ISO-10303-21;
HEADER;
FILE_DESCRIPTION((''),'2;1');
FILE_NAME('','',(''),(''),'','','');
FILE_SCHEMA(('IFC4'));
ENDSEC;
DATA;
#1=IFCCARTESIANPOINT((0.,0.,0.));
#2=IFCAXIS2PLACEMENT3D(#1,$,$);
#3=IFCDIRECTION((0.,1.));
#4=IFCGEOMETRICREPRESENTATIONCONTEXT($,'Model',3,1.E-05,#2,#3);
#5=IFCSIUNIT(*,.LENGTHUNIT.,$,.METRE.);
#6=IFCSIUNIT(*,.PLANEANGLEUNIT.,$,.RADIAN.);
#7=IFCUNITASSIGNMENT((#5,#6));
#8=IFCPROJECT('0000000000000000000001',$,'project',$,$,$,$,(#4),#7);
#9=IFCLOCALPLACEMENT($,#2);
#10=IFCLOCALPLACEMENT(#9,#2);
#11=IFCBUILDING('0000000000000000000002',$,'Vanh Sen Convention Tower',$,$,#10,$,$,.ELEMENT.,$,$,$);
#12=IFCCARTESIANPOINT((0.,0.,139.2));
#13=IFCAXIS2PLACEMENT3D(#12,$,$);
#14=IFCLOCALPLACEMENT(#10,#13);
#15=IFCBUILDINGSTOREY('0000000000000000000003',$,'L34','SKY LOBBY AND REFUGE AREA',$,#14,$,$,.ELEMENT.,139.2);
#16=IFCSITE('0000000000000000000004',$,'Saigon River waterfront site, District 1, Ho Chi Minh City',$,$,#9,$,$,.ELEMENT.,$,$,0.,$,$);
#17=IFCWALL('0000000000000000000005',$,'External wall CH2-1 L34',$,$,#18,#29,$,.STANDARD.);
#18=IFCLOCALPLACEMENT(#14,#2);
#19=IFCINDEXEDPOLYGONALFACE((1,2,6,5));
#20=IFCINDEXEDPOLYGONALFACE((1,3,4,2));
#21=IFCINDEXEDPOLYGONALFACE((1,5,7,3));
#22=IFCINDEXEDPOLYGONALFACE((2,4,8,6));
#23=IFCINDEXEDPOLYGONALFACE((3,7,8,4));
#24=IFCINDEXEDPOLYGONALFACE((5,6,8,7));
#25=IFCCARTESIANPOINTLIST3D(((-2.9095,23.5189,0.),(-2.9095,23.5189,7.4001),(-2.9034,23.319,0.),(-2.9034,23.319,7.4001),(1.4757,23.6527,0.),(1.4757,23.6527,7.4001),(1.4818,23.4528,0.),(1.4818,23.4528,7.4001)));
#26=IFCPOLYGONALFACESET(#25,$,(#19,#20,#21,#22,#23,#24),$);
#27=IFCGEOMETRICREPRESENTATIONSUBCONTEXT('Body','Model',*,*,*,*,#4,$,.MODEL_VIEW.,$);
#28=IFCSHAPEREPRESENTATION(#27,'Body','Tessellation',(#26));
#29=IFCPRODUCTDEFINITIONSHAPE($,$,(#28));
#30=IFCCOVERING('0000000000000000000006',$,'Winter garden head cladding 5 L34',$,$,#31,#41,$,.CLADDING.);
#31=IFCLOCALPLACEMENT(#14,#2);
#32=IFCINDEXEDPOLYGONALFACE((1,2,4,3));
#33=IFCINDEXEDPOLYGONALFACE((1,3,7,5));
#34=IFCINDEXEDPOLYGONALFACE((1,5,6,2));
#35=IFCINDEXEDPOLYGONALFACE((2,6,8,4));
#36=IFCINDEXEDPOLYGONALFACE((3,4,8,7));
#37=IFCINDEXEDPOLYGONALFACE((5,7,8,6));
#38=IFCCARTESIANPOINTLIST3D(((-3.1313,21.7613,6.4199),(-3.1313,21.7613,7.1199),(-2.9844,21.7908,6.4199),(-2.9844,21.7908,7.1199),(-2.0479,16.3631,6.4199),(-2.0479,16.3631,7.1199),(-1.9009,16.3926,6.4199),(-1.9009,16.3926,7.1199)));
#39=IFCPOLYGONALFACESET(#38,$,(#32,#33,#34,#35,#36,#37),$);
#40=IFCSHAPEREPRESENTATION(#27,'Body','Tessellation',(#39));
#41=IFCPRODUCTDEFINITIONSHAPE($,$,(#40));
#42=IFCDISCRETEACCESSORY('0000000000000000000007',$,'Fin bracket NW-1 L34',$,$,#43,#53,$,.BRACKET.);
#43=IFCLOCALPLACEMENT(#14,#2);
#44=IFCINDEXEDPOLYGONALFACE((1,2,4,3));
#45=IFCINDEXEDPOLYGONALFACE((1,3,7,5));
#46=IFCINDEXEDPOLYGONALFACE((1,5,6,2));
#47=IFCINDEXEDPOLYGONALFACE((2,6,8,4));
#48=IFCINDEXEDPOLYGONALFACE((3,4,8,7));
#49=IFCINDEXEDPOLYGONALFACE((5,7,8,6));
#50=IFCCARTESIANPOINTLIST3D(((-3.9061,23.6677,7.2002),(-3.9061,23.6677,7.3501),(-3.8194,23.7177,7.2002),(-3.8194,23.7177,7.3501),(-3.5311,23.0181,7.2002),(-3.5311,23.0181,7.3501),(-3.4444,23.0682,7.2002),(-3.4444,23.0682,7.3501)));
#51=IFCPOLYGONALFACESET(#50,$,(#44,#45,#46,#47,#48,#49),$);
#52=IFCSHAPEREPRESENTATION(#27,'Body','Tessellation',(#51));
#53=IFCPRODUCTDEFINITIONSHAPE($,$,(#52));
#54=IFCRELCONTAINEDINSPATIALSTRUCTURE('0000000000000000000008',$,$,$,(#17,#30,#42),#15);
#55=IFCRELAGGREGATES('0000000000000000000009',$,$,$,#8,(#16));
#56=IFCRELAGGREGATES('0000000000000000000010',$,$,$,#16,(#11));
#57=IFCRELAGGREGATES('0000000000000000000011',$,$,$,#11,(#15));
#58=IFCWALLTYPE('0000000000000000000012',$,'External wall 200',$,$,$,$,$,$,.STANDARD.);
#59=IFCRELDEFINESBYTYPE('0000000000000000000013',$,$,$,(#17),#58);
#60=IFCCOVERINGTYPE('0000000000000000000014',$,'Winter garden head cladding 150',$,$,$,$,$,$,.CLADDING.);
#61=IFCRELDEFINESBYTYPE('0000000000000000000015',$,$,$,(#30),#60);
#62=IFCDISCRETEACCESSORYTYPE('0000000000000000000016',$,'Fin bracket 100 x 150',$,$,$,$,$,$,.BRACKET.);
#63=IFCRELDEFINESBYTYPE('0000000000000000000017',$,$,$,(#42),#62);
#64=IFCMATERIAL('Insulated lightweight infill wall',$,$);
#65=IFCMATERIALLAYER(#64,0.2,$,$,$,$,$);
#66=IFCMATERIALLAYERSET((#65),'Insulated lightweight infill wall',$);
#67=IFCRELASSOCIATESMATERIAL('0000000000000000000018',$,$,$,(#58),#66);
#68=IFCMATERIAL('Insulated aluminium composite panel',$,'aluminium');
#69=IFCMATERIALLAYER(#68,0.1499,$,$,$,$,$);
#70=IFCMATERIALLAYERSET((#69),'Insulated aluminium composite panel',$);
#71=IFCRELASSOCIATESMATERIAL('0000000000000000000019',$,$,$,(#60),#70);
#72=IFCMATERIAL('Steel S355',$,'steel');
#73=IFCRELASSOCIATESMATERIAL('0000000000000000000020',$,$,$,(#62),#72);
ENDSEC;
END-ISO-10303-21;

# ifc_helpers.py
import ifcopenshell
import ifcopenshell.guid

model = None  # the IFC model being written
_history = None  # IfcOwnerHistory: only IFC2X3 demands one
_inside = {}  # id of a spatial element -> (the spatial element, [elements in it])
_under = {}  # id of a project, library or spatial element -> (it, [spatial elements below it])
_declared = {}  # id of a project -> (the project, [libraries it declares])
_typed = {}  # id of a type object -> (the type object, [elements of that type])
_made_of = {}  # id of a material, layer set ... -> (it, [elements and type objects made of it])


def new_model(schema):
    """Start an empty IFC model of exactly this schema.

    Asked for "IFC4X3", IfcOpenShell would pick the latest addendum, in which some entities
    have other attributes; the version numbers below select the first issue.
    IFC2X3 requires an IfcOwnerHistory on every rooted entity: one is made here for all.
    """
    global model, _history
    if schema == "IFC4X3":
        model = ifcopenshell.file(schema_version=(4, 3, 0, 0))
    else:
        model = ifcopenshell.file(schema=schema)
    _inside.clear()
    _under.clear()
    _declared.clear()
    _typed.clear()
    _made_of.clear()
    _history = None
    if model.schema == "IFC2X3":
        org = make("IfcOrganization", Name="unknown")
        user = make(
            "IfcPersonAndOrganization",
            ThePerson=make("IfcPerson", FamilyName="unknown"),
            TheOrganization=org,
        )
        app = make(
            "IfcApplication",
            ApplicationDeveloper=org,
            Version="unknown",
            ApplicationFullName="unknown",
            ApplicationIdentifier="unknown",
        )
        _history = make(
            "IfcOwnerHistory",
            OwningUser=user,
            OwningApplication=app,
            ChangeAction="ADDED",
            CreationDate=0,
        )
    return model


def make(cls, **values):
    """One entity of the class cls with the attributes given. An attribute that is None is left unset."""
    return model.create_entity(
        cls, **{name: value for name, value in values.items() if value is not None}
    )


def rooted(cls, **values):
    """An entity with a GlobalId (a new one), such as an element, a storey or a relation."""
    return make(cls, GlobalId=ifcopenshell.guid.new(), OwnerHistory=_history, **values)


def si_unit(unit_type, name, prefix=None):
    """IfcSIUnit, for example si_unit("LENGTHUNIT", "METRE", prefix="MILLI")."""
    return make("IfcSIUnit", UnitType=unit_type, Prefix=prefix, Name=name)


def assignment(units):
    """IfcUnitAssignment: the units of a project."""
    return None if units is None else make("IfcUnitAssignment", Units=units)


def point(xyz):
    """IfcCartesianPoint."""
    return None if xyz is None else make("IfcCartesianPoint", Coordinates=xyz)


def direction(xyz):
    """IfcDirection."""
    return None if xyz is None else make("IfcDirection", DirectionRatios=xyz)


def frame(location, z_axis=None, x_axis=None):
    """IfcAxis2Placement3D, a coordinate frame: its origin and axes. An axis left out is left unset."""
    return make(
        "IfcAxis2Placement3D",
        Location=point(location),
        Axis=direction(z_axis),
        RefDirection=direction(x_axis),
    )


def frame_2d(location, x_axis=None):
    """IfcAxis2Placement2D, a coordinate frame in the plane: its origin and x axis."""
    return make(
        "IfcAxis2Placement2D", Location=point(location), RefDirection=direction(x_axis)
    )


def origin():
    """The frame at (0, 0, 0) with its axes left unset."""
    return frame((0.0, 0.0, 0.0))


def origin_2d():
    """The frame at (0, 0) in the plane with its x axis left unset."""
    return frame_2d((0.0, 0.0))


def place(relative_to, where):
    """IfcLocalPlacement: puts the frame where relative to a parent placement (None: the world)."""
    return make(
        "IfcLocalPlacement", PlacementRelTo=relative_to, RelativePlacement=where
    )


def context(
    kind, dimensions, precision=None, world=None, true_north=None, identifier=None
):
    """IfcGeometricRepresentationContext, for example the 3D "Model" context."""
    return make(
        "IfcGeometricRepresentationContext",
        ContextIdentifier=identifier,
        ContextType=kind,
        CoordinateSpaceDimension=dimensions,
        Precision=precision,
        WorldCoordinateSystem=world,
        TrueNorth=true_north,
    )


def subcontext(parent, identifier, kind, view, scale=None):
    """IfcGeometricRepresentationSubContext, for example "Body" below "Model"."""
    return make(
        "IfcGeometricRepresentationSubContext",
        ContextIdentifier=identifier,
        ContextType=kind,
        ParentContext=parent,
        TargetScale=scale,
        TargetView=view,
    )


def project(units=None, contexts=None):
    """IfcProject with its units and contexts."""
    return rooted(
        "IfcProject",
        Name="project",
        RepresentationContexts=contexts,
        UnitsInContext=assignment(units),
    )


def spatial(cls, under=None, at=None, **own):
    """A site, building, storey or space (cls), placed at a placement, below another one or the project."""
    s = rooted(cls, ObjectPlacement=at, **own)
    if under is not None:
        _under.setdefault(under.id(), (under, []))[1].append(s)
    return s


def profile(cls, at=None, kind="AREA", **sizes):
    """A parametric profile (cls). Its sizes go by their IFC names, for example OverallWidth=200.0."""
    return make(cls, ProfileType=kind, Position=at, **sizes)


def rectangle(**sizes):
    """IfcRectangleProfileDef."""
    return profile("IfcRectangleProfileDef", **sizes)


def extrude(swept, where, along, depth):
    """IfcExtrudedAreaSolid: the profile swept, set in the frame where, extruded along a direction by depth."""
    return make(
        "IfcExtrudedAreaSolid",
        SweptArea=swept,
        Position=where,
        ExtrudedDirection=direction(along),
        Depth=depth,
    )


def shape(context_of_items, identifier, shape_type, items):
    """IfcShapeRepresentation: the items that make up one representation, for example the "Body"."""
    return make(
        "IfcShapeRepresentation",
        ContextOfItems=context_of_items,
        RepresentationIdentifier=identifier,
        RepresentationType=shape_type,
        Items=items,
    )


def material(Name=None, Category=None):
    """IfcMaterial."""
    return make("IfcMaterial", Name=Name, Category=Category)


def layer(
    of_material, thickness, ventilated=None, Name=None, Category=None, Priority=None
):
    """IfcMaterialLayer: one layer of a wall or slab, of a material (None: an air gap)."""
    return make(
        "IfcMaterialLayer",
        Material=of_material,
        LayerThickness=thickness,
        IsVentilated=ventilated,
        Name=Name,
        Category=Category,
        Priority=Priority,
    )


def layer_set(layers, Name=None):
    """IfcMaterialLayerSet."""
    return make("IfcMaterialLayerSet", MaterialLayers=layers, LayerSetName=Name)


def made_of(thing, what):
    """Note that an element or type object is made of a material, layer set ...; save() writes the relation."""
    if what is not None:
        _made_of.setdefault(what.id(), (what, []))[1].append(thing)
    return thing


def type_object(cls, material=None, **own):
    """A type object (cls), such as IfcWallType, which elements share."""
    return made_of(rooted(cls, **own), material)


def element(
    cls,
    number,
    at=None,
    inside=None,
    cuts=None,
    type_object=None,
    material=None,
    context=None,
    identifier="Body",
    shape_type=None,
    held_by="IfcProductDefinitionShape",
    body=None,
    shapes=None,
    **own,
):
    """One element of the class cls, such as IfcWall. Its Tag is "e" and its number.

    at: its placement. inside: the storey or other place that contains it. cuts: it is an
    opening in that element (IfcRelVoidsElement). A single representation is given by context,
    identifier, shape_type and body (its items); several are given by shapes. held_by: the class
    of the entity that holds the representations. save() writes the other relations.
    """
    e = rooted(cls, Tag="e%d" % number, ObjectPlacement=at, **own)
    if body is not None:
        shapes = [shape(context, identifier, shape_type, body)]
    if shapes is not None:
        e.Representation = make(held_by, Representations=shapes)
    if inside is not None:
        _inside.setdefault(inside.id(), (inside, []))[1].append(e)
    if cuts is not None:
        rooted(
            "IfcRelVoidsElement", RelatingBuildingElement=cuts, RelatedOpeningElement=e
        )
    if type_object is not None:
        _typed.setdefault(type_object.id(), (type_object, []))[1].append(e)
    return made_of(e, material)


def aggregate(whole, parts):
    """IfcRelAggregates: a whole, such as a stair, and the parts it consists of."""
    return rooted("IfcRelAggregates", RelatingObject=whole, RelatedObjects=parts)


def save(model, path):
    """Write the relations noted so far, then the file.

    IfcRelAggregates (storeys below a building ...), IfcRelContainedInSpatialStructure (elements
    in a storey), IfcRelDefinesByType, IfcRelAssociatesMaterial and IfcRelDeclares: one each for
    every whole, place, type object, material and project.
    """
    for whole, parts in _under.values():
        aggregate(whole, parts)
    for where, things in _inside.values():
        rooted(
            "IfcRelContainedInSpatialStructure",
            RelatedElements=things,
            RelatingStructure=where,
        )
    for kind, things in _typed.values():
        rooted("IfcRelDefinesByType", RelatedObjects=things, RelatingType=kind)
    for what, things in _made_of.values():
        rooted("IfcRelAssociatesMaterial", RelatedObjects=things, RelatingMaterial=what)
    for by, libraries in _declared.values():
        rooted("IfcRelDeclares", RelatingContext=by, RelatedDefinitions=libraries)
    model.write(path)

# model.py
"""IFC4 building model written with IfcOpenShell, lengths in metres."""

from ifc_helpers import new_model, si_unit, direction, frame, frame_2d, origin, origin_2d, place, context, subcontext, project, spatial, rectangle, extrude, material, layer, layer_set, type_object, element, save


model = new_model("IFC4")

# Units and contexts
model_context = context("Model", 3, precision=1e-05, world=origin(), true_north=direction((0.0, 1.0)))
body_context = subcontext(model_context, "Body", "Model", "MODEL_VIEW")
ifc_project = project(units=[si_unit("LENGTHUNIT", "METRE"), si_unit("PLANEANGLEUNIT", "RADIAN")], contexts=[model_context])

# Site, building, storey
site_placement = place(None, origin())
site = spatial("IfcSite", under=ifc_project, at=site_placement, Name="Saigon River waterfront site, District 1, Ho Chi Minh City", CompositionType="ELEMENT", RefElevation=0.0)
building_placement = place(site_placement, origin())
building = spatial("IfcBuilding", under=site, at=building_placement, Name="Vanh Sen Convention Tower", CompositionType="ELEMENT")
storey_placement = place(building_placement, frame((0.0, 0.0, 139.2)))
storey = spatial("IfcBuildingStorey", under=building, at=storey_placement, Name="L34", Description="SKY LOBBY AND REFUGE AREA", CompositionType="ELEMENT", Elevation=139.2)

# Wall
ifc_material_1 = material(Name="Insulated lightweight infill wall")
ifc_layer_1 = layer(ifc_material_1, 0.2)
ifc_layer_set_1 = layer_set([ifc_layer_1], Name="Insulated lightweight infill wall")
wall_type = type_object("IfcWallType", Name="External wall 200", PredefinedType="STANDARD", material=ifc_layer_set_1)
wall_placement = place(storey_placement, frame((1.4788, 23.5527, 0.0), z_axis=(0.0, 0.0, 1.0), x_axis=(-0.999535, -0.030495, 0.0)))
element("IfcWall", 1, at=wall_placement, inside=storey, type_object=wall_type, Name="External wall CH2-1 L34", PredefinedType="STANDARD", context=body_context, shape_type="SweptSolid", body=[
    extrude(rectangle(XDim=4.3872, YDim=0.2, at=frame_2d((2.1936, 0.0))), origin(), (0.0, 0.0, 1.0), 7.4001),
])

# Covering
ifc_material_2 = material(Name="Insulated aluminium composite panel", Category="aluminium")
ifc_layer_2 = layer(ifc_material_2, 0.1499)
ifc_layer_set_2 = layer_set([ifc_layer_2], Name="Insulated aluminium composite panel")
covering_type = type_object("IfcCoveringType", Name="Winter garden head cladding 150", PredefinedType="CLADDING", material=ifc_layer_set_2)
covering_placement = place(storey_placement, frame((-2.5161, 19.0769, 6.4199), z_axis=(0.0, 0.0, 1.0), x_axis=(-0.196788, 0.980446, 0.0)))
element("IfcCovering", 2, at=covering_placement, inside=storey, type_object=covering_type, Name="Winter garden head cladding 5 L34", PredefinedType="CLADDING", context=body_context, shape_type="SweptSolid", body=[
    extrude(rectangle(XDim=5.5059, YDim=0.1499, at=origin_2d()), origin(), (0.0, 0.0, 1.0), 0.7),
])

# Discrete accessory
ifc_material_3 = material(Name="Steel S355", Category="steel")
discrete_accessory_type = type_object("IfcDiscreteAccessoryType", Name="Fin bracket 100 x 150", PredefinedType="BRACKET", material=ifc_material_3)
discrete_accessory_placement = place(storey_placement, frame((-3.6753, 23.3679, 7.2002), z_axis=(0.0, 0.0, 1.0), x_axis=(-0.5, 0.866025, 0.0)))
element("IfcDiscreteAccessory", 3, at=discrete_accessory_placement, inside=storey, type_object=discrete_accessory_type, Name="Fin bracket NW-1 L34", PredefinedType="BRACKET", context=body_context, shape_type="SweptSolid", body=[
    extrude(rectangle(XDim=0.75, YDim=0.1001, at=origin_2d()), origin(), (0.0, 0.0, 1.0), 0.1499),
])

save(model, "model.ifc")
